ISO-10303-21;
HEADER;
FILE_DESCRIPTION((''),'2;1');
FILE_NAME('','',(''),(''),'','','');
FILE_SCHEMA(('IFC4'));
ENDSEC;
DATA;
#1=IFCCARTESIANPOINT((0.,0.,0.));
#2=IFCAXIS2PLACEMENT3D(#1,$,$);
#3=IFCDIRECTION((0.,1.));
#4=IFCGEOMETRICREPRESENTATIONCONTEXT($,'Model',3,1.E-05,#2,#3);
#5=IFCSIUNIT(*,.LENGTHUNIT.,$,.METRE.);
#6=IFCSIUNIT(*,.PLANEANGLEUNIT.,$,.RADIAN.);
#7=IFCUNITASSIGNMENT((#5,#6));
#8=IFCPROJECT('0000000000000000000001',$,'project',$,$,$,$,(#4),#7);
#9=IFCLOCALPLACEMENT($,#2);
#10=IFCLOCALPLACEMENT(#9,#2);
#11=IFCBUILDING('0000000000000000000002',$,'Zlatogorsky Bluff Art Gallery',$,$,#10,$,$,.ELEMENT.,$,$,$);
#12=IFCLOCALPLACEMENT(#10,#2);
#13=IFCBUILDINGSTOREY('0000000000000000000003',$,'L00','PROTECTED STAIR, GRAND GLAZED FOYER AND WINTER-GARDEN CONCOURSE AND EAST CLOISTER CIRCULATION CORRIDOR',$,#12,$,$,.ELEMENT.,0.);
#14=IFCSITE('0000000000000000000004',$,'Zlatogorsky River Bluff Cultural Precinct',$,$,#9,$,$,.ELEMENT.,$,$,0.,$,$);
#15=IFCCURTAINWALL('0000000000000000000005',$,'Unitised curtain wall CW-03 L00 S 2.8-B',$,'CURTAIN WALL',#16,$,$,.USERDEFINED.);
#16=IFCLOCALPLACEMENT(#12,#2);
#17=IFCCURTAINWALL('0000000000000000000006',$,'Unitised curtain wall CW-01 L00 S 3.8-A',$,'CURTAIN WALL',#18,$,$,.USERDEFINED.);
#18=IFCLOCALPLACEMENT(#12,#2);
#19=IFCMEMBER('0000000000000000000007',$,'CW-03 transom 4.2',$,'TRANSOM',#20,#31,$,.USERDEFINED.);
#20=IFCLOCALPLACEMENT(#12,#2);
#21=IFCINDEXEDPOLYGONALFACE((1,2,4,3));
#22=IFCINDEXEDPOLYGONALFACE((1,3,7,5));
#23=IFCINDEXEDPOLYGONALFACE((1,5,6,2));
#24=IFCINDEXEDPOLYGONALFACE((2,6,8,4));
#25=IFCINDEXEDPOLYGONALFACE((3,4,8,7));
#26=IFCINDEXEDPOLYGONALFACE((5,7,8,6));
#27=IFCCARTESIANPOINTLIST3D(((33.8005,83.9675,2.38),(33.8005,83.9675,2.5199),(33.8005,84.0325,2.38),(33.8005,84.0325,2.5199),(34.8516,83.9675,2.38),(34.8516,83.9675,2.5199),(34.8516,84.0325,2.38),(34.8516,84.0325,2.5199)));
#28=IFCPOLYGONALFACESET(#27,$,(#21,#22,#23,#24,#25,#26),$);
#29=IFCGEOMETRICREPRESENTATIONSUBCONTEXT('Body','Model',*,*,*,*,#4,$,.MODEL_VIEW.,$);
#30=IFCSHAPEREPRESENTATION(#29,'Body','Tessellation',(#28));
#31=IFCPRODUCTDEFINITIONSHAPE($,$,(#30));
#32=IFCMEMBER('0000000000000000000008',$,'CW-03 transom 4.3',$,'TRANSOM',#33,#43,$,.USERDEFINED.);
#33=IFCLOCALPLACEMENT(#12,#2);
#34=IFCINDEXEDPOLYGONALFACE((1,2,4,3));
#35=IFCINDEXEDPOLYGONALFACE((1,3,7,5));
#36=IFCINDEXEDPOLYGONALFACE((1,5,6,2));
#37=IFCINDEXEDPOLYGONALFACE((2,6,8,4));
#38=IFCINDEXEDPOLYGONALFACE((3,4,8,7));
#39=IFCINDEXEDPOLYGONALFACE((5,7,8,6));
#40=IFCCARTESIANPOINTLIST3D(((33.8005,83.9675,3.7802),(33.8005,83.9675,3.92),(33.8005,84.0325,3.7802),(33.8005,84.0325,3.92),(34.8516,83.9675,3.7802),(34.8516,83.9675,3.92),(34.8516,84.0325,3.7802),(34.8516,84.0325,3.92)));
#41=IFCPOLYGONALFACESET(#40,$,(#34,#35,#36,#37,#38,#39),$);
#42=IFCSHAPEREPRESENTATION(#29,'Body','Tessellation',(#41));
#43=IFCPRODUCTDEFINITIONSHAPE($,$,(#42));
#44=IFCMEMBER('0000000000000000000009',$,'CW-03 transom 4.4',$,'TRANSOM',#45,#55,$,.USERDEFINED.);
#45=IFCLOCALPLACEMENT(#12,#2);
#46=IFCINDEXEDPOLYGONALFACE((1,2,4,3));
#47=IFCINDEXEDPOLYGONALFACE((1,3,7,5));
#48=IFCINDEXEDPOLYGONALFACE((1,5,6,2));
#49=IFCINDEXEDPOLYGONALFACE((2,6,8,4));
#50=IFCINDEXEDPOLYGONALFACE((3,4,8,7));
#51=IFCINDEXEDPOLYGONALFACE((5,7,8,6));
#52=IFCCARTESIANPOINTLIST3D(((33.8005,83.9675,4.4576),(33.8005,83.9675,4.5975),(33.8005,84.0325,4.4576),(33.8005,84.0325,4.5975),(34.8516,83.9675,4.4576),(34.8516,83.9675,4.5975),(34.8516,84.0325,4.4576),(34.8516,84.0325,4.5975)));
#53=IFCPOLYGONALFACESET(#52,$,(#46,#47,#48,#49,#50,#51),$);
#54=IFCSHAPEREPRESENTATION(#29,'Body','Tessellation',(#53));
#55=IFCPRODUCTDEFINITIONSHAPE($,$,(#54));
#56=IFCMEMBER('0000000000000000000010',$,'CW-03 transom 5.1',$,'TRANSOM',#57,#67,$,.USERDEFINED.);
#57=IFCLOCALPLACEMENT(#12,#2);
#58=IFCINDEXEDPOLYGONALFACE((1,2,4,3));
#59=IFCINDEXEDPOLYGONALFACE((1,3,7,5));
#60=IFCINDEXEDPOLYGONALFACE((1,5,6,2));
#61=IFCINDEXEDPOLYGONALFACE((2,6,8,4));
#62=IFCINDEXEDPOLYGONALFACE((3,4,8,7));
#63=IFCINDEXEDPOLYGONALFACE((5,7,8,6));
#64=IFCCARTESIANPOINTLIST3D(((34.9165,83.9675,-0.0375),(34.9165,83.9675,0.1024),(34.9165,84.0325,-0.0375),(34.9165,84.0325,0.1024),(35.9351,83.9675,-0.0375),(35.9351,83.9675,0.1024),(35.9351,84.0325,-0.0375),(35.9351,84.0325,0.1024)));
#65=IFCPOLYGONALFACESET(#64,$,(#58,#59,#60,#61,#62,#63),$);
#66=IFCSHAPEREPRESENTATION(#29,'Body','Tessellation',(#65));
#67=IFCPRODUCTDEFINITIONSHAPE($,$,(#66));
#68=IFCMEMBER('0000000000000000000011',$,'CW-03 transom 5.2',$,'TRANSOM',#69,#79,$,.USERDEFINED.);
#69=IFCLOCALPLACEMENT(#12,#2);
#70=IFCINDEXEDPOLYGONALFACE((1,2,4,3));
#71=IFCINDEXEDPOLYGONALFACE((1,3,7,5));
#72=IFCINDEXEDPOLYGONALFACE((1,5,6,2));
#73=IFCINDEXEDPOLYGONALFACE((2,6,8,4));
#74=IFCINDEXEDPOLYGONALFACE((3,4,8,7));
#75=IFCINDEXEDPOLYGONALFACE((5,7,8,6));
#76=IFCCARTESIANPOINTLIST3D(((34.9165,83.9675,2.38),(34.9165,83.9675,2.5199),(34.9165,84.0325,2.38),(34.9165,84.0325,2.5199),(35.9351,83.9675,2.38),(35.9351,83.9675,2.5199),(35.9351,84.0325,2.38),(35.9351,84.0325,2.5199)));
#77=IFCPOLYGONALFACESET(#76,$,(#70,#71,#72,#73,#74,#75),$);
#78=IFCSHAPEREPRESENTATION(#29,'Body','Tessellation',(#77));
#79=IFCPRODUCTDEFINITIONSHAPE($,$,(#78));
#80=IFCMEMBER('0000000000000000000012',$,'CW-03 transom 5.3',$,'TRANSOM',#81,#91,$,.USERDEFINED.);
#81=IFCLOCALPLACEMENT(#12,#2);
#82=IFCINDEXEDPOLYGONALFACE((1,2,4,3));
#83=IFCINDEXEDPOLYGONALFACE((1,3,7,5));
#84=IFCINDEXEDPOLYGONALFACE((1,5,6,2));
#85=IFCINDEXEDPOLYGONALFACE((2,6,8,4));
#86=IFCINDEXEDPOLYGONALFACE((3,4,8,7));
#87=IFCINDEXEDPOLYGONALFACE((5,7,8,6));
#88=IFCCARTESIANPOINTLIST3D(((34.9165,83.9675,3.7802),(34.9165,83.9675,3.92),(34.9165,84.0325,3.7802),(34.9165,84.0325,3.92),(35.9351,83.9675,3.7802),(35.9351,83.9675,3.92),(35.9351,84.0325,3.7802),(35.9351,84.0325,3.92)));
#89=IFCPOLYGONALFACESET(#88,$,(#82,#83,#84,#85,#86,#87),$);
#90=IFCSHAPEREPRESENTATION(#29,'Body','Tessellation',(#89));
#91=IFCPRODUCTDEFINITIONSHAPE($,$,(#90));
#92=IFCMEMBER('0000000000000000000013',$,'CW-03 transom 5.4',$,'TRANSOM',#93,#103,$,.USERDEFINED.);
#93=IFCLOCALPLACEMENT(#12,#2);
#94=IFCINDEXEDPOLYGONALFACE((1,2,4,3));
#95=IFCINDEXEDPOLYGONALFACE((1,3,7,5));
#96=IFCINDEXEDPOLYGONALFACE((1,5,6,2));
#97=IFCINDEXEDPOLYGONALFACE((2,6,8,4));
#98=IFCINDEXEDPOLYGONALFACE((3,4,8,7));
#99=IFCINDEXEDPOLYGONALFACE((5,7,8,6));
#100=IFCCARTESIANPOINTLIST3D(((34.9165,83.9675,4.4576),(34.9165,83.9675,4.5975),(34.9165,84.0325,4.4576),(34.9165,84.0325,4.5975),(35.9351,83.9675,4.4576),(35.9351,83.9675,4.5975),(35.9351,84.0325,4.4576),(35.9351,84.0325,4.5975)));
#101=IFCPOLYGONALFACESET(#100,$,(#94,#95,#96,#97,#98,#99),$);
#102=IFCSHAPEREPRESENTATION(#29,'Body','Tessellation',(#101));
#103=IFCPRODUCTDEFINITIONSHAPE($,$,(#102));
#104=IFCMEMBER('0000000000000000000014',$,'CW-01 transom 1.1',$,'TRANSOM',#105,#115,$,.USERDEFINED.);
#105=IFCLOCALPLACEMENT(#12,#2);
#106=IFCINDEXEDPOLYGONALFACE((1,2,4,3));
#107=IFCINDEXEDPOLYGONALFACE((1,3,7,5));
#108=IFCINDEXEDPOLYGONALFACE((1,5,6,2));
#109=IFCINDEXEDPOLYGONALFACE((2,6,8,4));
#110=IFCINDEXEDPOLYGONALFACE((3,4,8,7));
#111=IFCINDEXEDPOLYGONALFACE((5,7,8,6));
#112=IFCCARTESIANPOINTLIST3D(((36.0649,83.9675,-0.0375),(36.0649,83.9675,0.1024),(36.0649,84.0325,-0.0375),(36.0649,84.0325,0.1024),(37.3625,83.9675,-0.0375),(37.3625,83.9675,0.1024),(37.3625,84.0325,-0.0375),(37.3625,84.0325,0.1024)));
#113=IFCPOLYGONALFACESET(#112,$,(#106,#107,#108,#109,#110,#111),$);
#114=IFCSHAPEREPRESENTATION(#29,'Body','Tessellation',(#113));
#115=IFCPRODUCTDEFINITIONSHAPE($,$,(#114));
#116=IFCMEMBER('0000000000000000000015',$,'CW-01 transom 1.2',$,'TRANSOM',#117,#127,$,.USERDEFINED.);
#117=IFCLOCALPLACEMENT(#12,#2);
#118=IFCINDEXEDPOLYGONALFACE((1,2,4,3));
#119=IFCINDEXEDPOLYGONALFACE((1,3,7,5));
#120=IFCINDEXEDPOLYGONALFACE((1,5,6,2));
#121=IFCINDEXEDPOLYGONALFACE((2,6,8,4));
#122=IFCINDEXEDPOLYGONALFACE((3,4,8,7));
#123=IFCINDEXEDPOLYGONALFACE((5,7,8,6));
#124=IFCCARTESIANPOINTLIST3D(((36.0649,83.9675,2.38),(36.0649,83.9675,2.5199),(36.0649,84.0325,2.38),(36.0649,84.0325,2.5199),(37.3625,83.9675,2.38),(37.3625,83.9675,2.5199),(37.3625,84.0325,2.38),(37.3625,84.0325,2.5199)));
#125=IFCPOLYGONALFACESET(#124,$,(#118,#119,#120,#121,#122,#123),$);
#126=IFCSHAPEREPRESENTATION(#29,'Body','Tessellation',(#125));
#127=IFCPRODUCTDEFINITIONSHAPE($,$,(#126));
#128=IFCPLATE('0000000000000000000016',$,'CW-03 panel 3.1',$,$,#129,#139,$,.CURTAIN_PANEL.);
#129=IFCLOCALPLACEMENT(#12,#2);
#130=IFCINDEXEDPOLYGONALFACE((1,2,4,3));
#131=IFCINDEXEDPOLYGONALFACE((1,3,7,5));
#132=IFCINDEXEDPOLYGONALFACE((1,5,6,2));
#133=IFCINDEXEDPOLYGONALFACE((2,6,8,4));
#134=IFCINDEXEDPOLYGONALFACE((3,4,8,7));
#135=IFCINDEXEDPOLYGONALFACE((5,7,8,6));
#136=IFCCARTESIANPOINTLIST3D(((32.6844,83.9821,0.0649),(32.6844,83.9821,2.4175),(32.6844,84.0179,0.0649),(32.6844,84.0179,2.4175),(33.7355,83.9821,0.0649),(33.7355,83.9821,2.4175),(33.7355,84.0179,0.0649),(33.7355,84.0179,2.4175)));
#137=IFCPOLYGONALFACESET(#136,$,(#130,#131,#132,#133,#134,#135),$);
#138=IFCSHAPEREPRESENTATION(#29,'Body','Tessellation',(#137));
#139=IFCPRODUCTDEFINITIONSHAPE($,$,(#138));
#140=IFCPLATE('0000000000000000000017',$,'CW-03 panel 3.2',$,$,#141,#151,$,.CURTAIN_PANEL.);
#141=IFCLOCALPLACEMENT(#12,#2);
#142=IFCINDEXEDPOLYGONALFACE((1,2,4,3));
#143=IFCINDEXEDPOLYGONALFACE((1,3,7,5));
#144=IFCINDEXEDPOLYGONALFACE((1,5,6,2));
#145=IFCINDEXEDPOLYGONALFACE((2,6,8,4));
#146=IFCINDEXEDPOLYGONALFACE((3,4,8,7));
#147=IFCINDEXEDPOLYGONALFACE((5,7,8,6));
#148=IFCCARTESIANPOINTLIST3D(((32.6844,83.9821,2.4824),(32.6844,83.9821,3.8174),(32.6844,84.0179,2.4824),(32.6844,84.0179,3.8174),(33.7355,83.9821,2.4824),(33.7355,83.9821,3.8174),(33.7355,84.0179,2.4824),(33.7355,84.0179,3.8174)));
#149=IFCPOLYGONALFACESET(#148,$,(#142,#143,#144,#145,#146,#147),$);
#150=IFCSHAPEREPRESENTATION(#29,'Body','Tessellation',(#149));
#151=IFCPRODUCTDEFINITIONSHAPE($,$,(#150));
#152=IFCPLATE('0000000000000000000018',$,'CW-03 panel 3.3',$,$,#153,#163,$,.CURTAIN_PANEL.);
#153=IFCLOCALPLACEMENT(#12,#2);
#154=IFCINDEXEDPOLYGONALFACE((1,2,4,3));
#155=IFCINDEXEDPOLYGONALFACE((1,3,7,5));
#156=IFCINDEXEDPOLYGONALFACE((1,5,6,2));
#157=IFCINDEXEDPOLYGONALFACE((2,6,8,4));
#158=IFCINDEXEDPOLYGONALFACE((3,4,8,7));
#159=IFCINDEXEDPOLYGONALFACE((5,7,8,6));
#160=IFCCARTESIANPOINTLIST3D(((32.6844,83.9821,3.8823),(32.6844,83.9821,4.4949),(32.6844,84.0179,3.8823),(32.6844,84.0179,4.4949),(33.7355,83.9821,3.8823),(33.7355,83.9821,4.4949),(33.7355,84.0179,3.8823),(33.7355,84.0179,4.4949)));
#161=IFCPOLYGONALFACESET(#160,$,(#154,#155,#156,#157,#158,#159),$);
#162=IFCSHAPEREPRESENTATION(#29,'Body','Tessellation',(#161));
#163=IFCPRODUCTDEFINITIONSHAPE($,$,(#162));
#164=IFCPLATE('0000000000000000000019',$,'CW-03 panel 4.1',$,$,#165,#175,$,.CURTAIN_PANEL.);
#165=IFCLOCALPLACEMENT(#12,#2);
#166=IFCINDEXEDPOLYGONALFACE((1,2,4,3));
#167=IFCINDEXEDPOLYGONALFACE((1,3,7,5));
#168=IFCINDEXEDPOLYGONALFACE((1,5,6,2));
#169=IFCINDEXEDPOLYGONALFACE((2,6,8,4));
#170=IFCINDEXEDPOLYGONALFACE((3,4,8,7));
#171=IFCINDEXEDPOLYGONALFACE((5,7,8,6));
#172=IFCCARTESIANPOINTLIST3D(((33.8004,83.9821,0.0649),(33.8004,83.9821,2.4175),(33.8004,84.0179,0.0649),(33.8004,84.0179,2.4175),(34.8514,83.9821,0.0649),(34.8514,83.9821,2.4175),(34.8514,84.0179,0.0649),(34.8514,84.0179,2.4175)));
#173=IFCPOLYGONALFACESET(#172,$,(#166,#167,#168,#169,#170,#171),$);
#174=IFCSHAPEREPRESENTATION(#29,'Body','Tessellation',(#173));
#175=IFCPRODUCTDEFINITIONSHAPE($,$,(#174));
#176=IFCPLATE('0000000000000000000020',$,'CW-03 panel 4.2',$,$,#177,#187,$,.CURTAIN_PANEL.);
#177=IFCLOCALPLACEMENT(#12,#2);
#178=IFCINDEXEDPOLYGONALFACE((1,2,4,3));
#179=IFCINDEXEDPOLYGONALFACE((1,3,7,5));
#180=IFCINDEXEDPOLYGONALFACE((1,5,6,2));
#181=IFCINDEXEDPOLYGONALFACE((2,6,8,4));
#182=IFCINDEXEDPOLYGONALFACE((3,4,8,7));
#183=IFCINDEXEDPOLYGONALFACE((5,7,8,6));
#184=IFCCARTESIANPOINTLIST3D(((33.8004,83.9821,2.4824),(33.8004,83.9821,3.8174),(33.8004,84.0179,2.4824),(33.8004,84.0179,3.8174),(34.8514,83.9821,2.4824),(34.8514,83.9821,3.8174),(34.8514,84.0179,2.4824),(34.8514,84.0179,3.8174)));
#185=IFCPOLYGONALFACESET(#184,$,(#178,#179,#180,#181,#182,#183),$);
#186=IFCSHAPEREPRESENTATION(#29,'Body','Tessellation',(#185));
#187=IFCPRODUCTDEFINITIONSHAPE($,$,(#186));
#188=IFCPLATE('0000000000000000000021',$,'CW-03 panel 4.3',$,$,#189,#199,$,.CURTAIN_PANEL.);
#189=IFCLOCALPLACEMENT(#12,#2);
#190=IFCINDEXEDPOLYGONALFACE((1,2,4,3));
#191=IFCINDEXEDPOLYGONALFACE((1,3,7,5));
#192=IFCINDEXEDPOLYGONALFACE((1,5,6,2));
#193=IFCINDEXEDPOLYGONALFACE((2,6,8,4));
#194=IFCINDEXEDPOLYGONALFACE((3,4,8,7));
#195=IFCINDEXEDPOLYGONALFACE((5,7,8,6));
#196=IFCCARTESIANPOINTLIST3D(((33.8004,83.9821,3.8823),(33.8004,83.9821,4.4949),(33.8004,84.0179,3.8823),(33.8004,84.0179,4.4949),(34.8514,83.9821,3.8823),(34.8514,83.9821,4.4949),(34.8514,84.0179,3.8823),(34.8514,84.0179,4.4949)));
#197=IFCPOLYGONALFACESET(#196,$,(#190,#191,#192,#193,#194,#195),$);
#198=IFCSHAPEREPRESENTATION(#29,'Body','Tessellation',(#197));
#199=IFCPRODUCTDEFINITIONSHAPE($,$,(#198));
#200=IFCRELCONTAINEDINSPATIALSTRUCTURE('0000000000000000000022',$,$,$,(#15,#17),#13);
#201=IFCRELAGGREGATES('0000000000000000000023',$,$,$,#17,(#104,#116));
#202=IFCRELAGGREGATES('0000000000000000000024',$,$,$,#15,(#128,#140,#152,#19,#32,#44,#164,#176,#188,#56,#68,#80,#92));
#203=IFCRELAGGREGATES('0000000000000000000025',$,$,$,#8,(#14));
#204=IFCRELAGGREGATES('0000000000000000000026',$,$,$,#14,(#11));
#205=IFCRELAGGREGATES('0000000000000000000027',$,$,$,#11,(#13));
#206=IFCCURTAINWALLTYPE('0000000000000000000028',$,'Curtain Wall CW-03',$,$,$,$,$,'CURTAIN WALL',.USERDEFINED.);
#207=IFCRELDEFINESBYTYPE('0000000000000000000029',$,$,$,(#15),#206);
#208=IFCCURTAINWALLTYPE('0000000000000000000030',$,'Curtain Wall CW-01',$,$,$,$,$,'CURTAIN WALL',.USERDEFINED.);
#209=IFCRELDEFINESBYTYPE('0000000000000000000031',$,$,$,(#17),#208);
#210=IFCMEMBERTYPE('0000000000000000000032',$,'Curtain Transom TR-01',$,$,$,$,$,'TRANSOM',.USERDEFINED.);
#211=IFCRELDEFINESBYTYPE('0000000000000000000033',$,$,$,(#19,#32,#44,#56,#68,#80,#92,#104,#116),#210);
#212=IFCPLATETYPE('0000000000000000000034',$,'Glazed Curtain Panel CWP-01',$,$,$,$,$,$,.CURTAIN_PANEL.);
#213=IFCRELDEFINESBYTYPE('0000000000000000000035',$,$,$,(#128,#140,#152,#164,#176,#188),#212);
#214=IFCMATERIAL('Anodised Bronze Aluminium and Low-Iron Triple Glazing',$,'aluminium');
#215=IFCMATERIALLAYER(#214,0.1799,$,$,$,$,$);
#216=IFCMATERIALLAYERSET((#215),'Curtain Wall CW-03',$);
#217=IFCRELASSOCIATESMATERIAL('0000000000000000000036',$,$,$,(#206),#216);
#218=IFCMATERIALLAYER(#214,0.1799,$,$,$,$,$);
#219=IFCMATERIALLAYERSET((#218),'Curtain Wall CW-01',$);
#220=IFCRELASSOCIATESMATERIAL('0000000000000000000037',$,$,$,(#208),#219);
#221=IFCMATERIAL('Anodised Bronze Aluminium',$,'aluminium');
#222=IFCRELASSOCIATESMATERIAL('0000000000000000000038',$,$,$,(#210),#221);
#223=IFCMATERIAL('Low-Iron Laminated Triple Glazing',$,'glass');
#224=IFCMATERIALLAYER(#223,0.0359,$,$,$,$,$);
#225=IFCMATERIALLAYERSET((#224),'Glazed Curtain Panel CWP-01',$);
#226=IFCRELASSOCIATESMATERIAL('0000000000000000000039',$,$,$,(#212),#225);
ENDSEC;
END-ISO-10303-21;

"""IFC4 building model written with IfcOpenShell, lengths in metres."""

from ifc_helpers import new_model, si_unit, direction, frame, origin, origin_2d, place, context, subcontext, project, spatial, rectangle, extrude, material, layer, layer_set, material_profile, profile_set, type_object, element, aggregate, save


model = new_model("IFC4")

# Units and contexts
model_context = context("Model", 3, precision=1e-05, world=origin(), true_north=direction((0.0, 1.0)))
body_context = subcontext(model_context, "Body", "Model", "MODEL_VIEW")
ifc_project = project(units=[si_unit("LENGTHUNIT", "METRE"), si_unit("PLANEANGLEUNIT", "RADIAN")], contexts=[model_context])

# Site, building, storey
site_placement = place(None, origin())
site = spatial("IfcSite", under=ifc_project, at=site_placement, Name="Zlatogorsky River Bluff Cultural Precinct", CompositionType="ELEMENT", RefElevation=0.0)
building_placement = place(site_placement, origin())
building = spatial("IfcBuilding", under=site, at=building_placement, Name="Zlatogorsky Bluff Art Gallery", CompositionType="ELEMENT")
storey_placement = place(building_placement, origin())
storey = spatial("IfcBuildingStorey", under=building, at=storey_placement, Name="L00", Description="PROTECTED STAIR, GRAND GLAZED FOYER AND WINTER-GARDEN CONCOURSE AND EAST CLOISTER CIRCULATION CORRIDOR", CompositionType="ELEMENT", Elevation=0.0)

# Curtain wall
ifc_material_1 = material(Name="Anodised Bronze Aluminium and Low-Iron Triple Glazing", Category="aluminium")
ifc_layer_1 = layer(ifc_material_1, 0.1799)
ifc_layer_set_1 = layer_set([ifc_layer_1], Name="Curtain Wall CW-03")
curtain_wall_type_1 = type_object("IfcCurtainWallType", Name="Curtain Wall CW-03", ElementType="CURTAIN WALL", PredefinedType="USERDEFINED", material=ifc_layer_set_1)
curtain_wall_1_placement = place(storey_placement, origin())
curtain_wall_1 = element("IfcCurtainWall", 1, at=curtain_wall_1_placement, inside=storey, type_object=curtain_wall_type_1, Name="Unitised curtain wall CW-03 L00 S 2.8-B", ObjectType="CURTAIN WALL", PredefinedType="USERDEFINED")
ifc_material_2 = material(Name="Anodised Bronze Aluminium", Category="aluminium")

# Curtain wall
ifc_layer_2 = layer(ifc_material_1, 0.1799)
ifc_layer_set_2 = layer_set([ifc_layer_2], Name="Curtain Wall CW-01")
curtain_wall_type_2 = type_object("IfcCurtainWallType", Name="Curtain Wall CW-01", ElementType="CURTAIN WALL", PredefinedType="USERDEFINED", material=ifc_layer_set_2)
curtain_wall_2_placement = place(storey_placement, origin())
curtain_wall_2 = element("IfcCurtainWall", 2, at=curtain_wall_2_placement, inside=storey, type_object=curtain_wall_type_2, Name="Unitised curtain wall CW-01 L00 S 3.8-A", ObjectType="CURTAIN WALL", PredefinedType="USERDEFINED")

# Members
ifc_material_profile_1 = material_profile(ifc_material_2, rectangle(XDim=0.0649, YDim=0.1399, at=origin_2d()), Name="ALU TRANSOM 65x140")
ifc_profile_set_1 = profile_set([ifc_material_profile_1], Name="Anodised Bronze Aluminium")
member_type_1 = type_object("IfcMemberType", Name="Curtain Transom TR-01", ElementType="TRANSOM", PredefinedType="USERDEFINED", material=ifc_profile_set_1)
member_1_placement = place(storey_placement, frame((33.8005, 84.0, 2.45), z_axis=(1.0, 0.0, 0.0), x_axis=(0.0, 1.0, 0.0)))
member_1 = element("IfcMember", 3, at=member_1_placement, type_object=member_type_1, Name="CW-03 transom 4.2", ObjectType="TRANSOM", PredefinedType="USERDEFINED", context=body_context, shape_type="SweptSolid", body=[
    extrude(rectangle(XDim=0.0649, YDim=0.1399, at=origin_2d()), origin(), (0.0, 0.0, 1.0), 1.051),
])
member_2_placement = place(storey_placement, frame((33.8005, 84.0, 3.8501), z_axis=(1.0, 0.0, 0.0), x_axis=(0.0, 1.0, 0.0)))
member_2 = element("IfcMember", 4, at=member_2_placement, type_object=member_type_1, Name="CW-03 transom 4.3", ObjectType="TRANSOM", PredefinedType="USERDEFINED", context=body_context, shape_type="SweptSolid", body=[
    extrude(rectangle(XDim=0.0649, YDim=0.1399, at=origin_2d()), origin(), (0.0, 0.0, 1.0), 1.051),
])
member_3_placement = place(storey_placement, frame((33.8005, 84.0, 4.5276), z_axis=(1.0, 0.0, 0.0), x_axis=(0.0, 1.0, 0.0)))
member_3 = element("IfcMember", 5, at=member_3_placement, type_object=member_type_1, Name="CW-03 transom 4.4", ObjectType="TRANSOM", PredefinedType="USERDEFINED", context=body_context, shape_type="SweptSolid", body=[
    extrude(rectangle(XDim=0.0649, YDim=0.1399, at=origin_2d()), origin(), (0.0, 0.0, 1.0), 1.051),
])
member_4_placement = place(storey_placement, frame((34.9165, 84.0, 0.0325), z_axis=(1.0, 0.0, 0.0), x_axis=(0.0, 1.0, 0.0)))
member_4 = element("IfcMember", 6, at=member_4_placement, type_object=member_type_1, Name="CW-03 transom 5.1", ObjectType="TRANSOM", PredefinedType="USERDEFINED", context=body_context, shape_type="SweptSolid", body=[
    extrude(rectangle(XDim=0.0649, YDim=0.1399, at=origin_2d()), origin(), (0.0, 0.0, 1.0), 1.0186),
])
member_5_placement = place(storey_placement, frame((34.9165, 84.0, 2.45), z_axis=(1.0, 0.0, 0.0), x_axis=(0.0, 1.0, 0.0)))
member_5 = element("IfcMember", 7, at=member_5_placement, type_object=member_type_1, Name="CW-03 transom 5.2", ObjectType="TRANSOM", PredefinedType="USERDEFINED", context=body_context, shape_type="SweptSolid", body=[
    extrude(rectangle(XDim=0.0649, YDim=0.1399, at=origin_2d()), origin(), (0.0, 0.0, 1.0), 1.0186),
])
member_6_placement = place(storey_placement, frame((34.9165, 84.0, 3.8501), z_axis=(1.0, 0.0, 0.0), x_axis=(0.0, 1.0, 0.0)))
member_6 = element("IfcMember", 8, at=member_6_placement, type_object=member_type_1, Name="CW-03 transom 5.3", ObjectType="TRANSOM", PredefinedType="USERDEFINED", context=body_context, shape_type="SweptSolid", body=[
    extrude(rectangle(XDim=0.0649, YDim=0.1399, at=origin_2d()), origin(), (0.0, 0.0, 1.0), 1.0186),
])
member_7_placement = place(storey_placement, frame((34.9165, 84.0, 4.5276), z_axis=(1.0, 0.0, 0.0), x_axis=(0.0, 1.0, 0.0)))
member_7 = element("IfcMember", 9, at=member_7_placement, type_object=member_type_1, Name="CW-03 transom 5.4", ObjectType="TRANSOM", PredefinedType="USERDEFINED", context=body_context, shape_type="SweptSolid", body=[
    extrude(rectangle(XDim=0.0649, YDim=0.1399, at=origin_2d()), origin(), (0.0, 0.0, 1.0), 1.0186),
])
member_8_placement = place(storey_placement, frame((36.0649, 84.0, 0.0325), z_axis=(1.0, 0.0, 0.0), x_axis=(0.0, 1.0, 0.0)))
member_8 = element("IfcMember", 10, at=member_8_placement, type_object=member_type_1, Name="CW-01 transom 1.1", ObjectType="TRANSOM", PredefinedType="USERDEFINED", context=body_context, shape_type="SweptSolid", body=[
    extrude(rectangle(XDim=0.0649, YDim=0.1399, at=origin_2d()), origin(), (0.0, 0.0, 1.0), 1.2976),
])
member_9_placement = place(storey_placement, frame((36.0649, 84.0, 2.45), z_axis=(1.0, 0.0, 0.0), x_axis=(0.0, 1.0, 0.0)))
member_9 = element("IfcMember", 11, at=member_9_placement, type_object=member_type_1, Name="CW-01 transom 1.2", ObjectType="TRANSOM", PredefinedType="USERDEFINED", context=body_context, shape_type="SweptSolid", body=[
    extrude(rectangle(XDim=0.0649, YDim=0.1399, at=origin_2d()), origin(), (0.0, 0.0, 1.0), 1.2976),
])
aggregate(curtain_wall_2, [member_8, member_9])

# Plates
ifc_material_3 = material(Name="Low-Iron Laminated Triple Glazing", Category="glass")
ifc_layer_3 = layer(ifc_material_3, 0.0359)
ifc_layer_set_3 = layer_set([ifc_layer_3], Name="Glazed Curtain Panel CWP-01")
plate_type = type_object("IfcPlateType", Name="Glazed Curtain Panel CWP-01", PredefinedType="CURTAIN_PANEL", material=ifc_layer_set_3)
plate_1_placement = place(storey_placement, frame((33.21, 84.0, 0.0649), z_axis=(0.0, 0.0, 1.0), x_axis=(1.0, 0.0, 0.0)))
plate_1 = element("IfcPlate", 12, at=plate_1_placement, type_object=plate_type, Name="CW-03 panel 3.1", PredefinedType="CURTAIN_PANEL", context=body_context, shape_type="SweptSolid", body=[
    extrude(rectangle(XDim=1.051, YDim=0.0359, at=origin_2d()), origin(), (0.0, 0.0, 1.0), 2.3525),
])
plate_2_placement = place(storey_placement, frame((33.21, 84.0, 2.4824), z_axis=(0.0, 0.0, 1.0), x_axis=(1.0, 0.0, 0.0)))
plate_2 = element("IfcPlate", 13, at=plate_2_placement, type_object=plate_type, Name="CW-03 panel 3.2", PredefinedType="CURTAIN_PANEL", context=body_context, shape_type="SweptSolid", body=[
    extrude(rectangle(XDim=1.051, YDim=0.0359, at=origin_2d()), origin(), (0.0, 0.0, 1.0), 1.335),
])
plate_3_placement = place(storey_placement, frame((33.21, 84.0, 3.8823), z_axis=(0.0, 0.0, 1.0), x_axis=(1.0, 0.0, 0.0)))
plate_3 = element("IfcPlate", 14, at=plate_3_placement, type_object=plate_type, Name="CW-03 panel 3.3", PredefinedType="CURTAIN_PANEL", context=body_context, shape_type="SweptSolid", body=[
    extrude(rectangle(XDim=1.051, YDim=0.0359, at=origin_2d()), origin(), (0.0, 0.0, 1.0), 0.6125),
])
plate_4_placement = place(storey_placement, frame((34.3259, 84.0, 0.0649), z_axis=(0.0, 0.0, 1.0), x_axis=(1.0, 0.0, 0.0)))
plate_4 = element("IfcPlate", 15, at=plate_4_placement, type_object=plate_type, Name="CW-03 panel 4.1", PredefinedType="CURTAIN_PANEL", context=body_context, shape_type="SweptSolid", body=[
    extrude(rectangle(XDim=1.051, YDim=0.0359, at=origin_2d()), origin(), (0.0, 0.0, 1.0), 2.3525),
])
plate_5_placement = place(storey_placement, frame((34.3259, 84.0, 2.4824), z_axis=(0.0, 0.0, 1.0), x_axis=(1.0, 0.0, 0.0)))
plate_5 = element("IfcPlate", 16, at=plate_5_placement, type_object=plate_type, Name="CW-03 panel 4.2", PredefinedType="CURTAIN_PANEL", context=body_context, shape_type="SweptSolid", body=[
    extrude(rectangle(XDim=1.051, YDim=0.0359, at=origin_2d()), origin(), (0.0, 0.0, 1.0), 1.335),
])
plate_6_placement = place(storey_placement, frame((34.3259, 84.0, 3.8823), z_axis=(0.0, 0.0, 1.0), x_axis=(1.0, 0.0, 0.0)))
plate_6 = element("IfcPlate", 17, at=plate_6_placement, type_object=plate_type, Name="CW-03 panel 4.3", PredefinedType="CURTAIN_PANEL", context=body_context, shape_type="SweptSolid", body=[
    extrude(rectangle(XDim=1.051, YDim=0.0359, at=origin_2d()), origin(), (0.0, 0.0, 1.0), 0.6125),
])
aggregate(curtain_wall_1, [plate_1, plate_2, plate_3, member_1, member_2, member_3, plate_4, plate_5, plate_6, member_4, member_5, member_6, member_7])

save(model, "model.ifc")
